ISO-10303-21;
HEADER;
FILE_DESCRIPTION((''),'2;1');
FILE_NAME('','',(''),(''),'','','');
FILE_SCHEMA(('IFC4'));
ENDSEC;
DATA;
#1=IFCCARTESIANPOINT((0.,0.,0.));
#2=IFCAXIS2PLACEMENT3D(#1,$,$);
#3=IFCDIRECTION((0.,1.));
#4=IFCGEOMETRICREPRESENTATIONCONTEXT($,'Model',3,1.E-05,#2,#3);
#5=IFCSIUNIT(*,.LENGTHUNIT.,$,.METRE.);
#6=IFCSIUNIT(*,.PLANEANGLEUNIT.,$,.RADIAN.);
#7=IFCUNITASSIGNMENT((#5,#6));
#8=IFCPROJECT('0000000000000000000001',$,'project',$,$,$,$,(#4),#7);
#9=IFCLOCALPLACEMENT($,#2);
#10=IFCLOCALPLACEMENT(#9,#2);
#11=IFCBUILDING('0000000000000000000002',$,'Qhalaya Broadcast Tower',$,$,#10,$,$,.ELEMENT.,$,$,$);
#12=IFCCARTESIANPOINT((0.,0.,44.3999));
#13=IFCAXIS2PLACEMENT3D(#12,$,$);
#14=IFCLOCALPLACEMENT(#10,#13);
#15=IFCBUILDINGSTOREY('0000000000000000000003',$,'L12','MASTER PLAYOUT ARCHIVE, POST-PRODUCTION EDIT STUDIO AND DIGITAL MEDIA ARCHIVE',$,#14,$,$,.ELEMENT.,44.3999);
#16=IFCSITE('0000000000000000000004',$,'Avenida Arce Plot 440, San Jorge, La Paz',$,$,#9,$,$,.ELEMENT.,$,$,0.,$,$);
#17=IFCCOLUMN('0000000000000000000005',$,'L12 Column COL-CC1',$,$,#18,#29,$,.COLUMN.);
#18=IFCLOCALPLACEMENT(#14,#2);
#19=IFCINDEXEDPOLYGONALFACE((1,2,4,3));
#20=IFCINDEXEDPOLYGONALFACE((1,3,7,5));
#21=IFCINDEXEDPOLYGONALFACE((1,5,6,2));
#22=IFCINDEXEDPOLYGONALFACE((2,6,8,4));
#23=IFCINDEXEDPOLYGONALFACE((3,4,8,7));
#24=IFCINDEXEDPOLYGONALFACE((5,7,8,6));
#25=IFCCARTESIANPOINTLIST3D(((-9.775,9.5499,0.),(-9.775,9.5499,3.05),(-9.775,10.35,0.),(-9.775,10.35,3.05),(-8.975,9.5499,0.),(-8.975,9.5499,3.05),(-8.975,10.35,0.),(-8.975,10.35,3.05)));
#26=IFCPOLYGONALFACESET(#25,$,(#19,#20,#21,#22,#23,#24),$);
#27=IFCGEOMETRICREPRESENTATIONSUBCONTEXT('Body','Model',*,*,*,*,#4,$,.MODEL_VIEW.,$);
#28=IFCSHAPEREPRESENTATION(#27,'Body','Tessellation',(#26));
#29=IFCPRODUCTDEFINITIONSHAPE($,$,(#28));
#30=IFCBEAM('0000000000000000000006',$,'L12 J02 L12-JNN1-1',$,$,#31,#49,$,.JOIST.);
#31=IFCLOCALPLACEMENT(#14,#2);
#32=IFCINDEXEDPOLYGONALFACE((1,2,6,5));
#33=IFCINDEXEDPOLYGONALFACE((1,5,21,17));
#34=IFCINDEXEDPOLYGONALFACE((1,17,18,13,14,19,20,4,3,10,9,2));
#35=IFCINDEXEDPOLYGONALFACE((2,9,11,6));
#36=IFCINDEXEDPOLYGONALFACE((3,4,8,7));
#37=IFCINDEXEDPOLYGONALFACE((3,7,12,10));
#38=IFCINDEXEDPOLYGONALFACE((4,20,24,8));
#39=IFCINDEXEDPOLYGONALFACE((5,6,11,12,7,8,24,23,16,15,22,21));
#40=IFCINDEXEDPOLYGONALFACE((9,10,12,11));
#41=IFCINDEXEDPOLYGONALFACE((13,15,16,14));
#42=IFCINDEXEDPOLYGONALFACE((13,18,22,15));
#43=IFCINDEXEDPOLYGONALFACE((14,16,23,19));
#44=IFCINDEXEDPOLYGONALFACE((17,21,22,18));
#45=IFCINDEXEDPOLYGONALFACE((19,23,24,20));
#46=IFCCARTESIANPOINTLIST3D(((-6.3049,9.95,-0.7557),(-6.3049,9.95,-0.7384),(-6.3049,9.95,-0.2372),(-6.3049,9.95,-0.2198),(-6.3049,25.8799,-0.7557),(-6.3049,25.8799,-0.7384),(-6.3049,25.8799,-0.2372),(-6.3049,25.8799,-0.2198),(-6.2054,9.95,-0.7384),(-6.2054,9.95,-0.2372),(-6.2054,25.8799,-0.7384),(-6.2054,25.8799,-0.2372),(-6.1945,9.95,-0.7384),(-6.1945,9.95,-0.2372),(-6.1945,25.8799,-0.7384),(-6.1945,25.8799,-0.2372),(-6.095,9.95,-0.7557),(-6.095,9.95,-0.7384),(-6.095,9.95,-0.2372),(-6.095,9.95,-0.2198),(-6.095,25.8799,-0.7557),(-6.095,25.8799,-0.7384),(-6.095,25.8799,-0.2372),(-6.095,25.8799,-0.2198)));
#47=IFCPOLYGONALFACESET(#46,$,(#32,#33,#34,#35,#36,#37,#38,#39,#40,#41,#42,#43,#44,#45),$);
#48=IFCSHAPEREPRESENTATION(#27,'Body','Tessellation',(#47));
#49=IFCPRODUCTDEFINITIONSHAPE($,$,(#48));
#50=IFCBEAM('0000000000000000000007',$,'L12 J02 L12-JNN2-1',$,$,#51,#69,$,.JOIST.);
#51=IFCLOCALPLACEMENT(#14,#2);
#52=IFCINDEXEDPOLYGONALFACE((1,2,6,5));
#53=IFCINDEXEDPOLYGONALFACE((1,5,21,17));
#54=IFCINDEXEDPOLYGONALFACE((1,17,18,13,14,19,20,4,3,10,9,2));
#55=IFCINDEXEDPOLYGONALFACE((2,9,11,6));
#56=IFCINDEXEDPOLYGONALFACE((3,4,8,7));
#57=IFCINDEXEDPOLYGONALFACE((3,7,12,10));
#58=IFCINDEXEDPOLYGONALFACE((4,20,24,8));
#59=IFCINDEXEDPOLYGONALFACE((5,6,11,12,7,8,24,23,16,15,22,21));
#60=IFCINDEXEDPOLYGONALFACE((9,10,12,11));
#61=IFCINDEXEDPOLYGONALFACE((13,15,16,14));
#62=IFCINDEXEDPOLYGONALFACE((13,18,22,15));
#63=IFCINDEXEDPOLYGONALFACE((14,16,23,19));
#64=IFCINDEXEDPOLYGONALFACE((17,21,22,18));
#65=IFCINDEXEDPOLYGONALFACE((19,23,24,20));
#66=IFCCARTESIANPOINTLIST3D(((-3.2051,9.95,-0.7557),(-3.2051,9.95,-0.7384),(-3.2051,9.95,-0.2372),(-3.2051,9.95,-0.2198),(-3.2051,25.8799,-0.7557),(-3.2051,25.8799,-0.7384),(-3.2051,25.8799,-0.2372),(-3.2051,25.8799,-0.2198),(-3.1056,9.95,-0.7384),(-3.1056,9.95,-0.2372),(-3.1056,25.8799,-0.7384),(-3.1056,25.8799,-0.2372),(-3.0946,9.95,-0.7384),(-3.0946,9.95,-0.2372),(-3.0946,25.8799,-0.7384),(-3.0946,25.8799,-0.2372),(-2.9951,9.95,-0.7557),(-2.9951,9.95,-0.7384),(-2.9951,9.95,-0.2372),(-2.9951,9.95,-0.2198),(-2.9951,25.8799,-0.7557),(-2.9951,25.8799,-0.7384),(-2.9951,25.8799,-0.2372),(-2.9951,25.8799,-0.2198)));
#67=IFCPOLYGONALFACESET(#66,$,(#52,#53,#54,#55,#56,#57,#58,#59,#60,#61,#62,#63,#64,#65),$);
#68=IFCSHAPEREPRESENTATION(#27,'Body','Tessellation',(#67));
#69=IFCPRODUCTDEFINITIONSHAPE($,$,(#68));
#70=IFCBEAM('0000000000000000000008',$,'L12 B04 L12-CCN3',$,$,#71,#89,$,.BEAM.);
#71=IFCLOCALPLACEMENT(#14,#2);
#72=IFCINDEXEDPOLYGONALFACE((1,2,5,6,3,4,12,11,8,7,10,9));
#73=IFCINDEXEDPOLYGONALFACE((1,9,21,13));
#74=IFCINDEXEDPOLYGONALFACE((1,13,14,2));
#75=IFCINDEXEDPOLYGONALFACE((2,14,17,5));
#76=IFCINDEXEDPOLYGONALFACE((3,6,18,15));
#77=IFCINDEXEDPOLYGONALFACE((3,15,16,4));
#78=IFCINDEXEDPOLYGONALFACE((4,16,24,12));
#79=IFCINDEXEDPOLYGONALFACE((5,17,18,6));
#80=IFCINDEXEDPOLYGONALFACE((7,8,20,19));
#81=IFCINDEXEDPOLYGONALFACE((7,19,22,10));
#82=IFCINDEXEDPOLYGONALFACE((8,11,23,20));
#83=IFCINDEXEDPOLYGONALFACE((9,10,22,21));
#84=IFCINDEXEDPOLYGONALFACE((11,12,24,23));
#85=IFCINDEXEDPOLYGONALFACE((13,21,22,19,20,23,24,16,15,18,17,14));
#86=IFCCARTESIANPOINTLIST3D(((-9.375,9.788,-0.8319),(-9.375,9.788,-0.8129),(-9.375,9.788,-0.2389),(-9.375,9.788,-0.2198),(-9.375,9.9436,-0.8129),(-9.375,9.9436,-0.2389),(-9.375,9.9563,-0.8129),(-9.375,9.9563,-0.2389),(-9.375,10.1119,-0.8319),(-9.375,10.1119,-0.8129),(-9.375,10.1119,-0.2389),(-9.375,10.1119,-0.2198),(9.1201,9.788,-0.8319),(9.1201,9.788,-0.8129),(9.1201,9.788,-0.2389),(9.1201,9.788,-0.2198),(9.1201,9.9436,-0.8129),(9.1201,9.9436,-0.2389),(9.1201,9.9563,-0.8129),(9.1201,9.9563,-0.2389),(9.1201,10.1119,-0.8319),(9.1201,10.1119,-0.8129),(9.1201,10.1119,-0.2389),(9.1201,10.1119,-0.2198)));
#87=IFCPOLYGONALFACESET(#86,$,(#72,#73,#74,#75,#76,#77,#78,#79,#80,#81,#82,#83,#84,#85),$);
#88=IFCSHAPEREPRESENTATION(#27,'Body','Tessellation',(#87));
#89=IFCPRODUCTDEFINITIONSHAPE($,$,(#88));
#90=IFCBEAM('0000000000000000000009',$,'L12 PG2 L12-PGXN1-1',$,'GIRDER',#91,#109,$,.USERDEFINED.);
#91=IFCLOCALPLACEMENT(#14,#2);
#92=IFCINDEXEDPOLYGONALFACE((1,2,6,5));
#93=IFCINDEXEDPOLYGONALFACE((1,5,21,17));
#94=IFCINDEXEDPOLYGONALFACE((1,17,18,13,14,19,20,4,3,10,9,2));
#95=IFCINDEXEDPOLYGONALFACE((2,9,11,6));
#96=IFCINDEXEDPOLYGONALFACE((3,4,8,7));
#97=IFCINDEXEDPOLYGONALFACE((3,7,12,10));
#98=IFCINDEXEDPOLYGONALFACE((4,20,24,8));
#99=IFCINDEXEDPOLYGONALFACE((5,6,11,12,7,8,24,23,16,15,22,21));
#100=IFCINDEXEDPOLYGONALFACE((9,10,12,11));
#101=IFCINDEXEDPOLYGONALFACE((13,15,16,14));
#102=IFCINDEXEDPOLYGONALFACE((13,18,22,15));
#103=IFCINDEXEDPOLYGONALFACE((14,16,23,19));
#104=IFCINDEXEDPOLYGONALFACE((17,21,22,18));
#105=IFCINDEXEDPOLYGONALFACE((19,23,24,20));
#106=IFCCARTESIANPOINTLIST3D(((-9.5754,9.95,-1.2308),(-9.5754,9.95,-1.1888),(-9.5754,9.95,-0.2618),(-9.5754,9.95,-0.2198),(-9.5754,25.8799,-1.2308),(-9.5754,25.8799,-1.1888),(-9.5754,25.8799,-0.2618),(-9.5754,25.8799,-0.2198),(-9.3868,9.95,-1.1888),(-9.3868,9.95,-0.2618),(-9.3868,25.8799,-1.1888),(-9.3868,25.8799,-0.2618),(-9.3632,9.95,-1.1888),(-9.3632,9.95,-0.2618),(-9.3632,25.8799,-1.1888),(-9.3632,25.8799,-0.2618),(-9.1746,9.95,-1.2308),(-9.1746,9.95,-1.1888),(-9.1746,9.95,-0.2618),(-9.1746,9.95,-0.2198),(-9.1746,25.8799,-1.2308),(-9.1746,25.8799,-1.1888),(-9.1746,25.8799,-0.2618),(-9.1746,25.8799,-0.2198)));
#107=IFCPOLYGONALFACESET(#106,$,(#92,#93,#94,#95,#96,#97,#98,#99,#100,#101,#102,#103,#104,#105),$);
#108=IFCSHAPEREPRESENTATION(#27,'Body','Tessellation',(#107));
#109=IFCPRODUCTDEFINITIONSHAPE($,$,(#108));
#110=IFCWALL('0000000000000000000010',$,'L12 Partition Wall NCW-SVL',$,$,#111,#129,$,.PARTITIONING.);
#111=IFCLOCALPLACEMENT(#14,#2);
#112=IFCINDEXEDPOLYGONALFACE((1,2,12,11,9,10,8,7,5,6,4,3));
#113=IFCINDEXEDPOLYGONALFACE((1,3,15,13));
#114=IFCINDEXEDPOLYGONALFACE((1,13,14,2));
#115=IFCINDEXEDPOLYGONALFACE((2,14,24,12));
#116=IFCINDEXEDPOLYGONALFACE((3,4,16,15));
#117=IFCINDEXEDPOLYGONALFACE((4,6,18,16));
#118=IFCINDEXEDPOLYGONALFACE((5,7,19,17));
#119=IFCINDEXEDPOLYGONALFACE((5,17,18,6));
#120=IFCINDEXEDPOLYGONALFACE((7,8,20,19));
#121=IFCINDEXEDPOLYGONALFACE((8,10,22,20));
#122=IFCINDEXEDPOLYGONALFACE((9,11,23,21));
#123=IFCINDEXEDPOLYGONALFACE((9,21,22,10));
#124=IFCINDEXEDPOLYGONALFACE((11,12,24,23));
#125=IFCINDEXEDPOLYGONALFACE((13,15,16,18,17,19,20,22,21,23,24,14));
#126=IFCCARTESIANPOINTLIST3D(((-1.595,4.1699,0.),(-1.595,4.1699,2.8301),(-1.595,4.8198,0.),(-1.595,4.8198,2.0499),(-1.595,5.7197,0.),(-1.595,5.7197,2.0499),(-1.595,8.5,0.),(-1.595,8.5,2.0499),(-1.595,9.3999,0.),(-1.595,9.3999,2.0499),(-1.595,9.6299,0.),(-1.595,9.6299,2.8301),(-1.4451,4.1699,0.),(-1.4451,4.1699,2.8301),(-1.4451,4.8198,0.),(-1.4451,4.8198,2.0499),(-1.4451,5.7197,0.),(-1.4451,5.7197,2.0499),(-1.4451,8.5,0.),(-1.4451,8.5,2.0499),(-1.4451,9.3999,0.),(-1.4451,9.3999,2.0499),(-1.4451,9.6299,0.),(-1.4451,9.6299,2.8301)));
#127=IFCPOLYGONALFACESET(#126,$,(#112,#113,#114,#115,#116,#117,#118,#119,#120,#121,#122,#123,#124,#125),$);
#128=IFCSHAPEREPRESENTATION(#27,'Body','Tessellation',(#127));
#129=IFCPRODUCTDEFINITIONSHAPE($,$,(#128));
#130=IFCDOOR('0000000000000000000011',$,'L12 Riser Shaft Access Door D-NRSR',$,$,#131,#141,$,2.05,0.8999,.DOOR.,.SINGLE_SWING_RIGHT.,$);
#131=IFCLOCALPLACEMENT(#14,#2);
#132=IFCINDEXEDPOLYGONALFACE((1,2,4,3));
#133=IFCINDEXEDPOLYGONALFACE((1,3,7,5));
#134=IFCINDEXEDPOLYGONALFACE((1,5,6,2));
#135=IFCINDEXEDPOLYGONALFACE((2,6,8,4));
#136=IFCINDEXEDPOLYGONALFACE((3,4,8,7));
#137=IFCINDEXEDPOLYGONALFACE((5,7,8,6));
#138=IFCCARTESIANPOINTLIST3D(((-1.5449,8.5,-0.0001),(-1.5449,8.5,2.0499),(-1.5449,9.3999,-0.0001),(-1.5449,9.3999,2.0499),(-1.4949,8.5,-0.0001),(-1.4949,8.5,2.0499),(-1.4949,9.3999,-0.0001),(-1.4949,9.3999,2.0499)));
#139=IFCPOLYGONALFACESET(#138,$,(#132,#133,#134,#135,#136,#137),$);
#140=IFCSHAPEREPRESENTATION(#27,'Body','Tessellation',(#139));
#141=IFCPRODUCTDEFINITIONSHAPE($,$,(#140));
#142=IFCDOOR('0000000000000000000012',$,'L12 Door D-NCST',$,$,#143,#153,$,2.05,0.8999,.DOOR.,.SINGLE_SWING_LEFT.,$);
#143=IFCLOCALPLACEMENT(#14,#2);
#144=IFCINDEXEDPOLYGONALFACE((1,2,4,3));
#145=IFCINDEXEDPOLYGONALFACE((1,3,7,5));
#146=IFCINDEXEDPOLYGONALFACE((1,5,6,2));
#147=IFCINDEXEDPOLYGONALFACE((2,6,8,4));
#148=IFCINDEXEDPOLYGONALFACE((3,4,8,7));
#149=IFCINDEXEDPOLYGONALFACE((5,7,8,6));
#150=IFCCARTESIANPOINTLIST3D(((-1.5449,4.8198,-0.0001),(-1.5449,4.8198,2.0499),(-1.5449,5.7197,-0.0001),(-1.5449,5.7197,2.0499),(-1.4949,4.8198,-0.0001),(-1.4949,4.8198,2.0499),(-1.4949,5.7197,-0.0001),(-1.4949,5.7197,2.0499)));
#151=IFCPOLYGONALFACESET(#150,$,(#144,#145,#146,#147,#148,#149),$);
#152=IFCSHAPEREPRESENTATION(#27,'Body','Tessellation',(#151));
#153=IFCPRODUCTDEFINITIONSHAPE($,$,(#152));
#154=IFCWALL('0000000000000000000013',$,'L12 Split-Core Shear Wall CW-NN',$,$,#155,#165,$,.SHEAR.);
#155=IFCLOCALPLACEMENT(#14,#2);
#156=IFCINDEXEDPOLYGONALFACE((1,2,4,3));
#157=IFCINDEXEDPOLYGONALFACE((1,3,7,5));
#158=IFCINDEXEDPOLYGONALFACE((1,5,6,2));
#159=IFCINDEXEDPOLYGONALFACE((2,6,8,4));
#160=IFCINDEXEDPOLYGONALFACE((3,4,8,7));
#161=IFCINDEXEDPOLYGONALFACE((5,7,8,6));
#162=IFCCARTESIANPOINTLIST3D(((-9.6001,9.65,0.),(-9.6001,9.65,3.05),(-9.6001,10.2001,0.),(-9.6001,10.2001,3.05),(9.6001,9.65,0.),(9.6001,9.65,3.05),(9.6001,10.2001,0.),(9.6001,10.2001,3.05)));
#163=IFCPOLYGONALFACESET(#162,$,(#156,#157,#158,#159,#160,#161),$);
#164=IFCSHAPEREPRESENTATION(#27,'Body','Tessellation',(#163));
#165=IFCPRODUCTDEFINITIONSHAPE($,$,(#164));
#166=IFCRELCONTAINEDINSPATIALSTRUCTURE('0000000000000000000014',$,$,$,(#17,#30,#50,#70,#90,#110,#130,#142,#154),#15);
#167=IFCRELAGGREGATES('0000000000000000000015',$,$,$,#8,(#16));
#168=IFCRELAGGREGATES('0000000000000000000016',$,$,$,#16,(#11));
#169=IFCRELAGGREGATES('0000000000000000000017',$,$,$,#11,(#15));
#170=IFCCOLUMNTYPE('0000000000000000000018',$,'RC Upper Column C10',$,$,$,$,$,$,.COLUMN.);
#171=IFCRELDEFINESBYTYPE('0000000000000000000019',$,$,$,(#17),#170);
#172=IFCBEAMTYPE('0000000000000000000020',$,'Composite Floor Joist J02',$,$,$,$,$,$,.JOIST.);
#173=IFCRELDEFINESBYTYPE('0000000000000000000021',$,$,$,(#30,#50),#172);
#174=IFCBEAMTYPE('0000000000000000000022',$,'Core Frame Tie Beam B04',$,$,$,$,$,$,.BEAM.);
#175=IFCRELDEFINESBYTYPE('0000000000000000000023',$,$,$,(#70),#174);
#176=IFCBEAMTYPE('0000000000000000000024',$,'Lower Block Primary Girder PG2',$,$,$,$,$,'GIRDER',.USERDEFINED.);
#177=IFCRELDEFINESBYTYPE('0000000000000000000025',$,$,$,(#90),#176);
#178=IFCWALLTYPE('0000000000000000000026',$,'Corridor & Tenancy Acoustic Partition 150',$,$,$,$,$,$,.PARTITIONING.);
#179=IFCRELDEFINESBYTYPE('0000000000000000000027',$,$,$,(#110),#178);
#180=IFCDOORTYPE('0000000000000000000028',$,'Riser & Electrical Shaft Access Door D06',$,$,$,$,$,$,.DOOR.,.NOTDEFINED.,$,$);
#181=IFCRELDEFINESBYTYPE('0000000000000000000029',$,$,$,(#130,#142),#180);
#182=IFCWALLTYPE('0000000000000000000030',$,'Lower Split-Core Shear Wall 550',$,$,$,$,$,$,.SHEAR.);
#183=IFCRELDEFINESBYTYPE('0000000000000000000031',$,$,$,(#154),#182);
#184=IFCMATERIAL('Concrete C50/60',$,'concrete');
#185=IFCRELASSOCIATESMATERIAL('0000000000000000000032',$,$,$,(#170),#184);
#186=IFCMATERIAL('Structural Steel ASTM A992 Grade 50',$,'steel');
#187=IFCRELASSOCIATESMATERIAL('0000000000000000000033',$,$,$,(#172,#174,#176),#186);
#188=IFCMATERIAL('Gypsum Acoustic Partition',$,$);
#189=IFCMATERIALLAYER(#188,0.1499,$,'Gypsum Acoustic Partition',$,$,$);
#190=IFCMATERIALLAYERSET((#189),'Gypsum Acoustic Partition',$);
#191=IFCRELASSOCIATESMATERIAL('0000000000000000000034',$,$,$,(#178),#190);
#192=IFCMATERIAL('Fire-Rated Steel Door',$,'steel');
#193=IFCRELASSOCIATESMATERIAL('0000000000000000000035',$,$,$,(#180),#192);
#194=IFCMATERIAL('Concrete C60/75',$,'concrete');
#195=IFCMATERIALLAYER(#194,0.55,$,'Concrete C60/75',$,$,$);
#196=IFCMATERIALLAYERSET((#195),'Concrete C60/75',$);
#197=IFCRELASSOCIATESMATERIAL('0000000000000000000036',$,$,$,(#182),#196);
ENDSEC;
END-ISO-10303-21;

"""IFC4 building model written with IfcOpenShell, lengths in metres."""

from ifc_helpers import new_model, si_unit, direction, frame, frame_2d, origin, origin_2d, place, context, subcontext, project, spatial, rectangle, i_section, extrude, material, layer, layer_set, material_profile, profile_set, type_object, element, fill, save


model = new_model("IFC4")

# Units and contexts
model_context = context("Model", 3, precision=1e-05, world=origin(), true_north=direction((0.0, 1.0)))
body_context = subcontext(model_context, "Body", "Model", "MODEL_VIEW")
ifc_project = project(units=[si_unit("LENGTHUNIT", "METRE"), si_unit("PLANEANGLEUNIT", "RADIAN")], contexts=[model_context])

# Site, building, storey
site_placement = place(None, origin())
site = spatial("IfcSite", under=ifc_project, at=site_placement, Name="Avenida Arce Plot 440, San Jorge, La Paz", CompositionType="ELEMENT", RefElevation=0.0)
building_placement = place(site_placement, origin())
building = spatial("IfcBuilding", under=site, at=building_placement, Name="Qhalaya Broadcast Tower", CompositionType="ELEMENT")
storey_placement = place(building_placement, frame((0.0, 0.0, 44.3999)))
storey = spatial("IfcBuildingStorey", under=building, at=storey_placement, Name="L12", Description="MASTER PLAYOUT ARCHIVE, POST-PRODUCTION EDIT STUDIO AND DIGITAL MEDIA ARCHIVE", CompositionType="ELEMENT", Elevation=44.3999)

# Column
ifc_material_1 = material(Name="Concrete C50/60", Category="concrete")
ifc_material_profile_1 = material_profile(ifc_material_1, rectangle(XDim=0.8, YDim=0.8, at=origin_2d()), Name="RC-COL 800x800")
ifc_profile_set_1 = profile_set([ifc_material_profile_1], Name="Concrete C50/60")
column_type = type_object("IfcColumnType", Name="RC Upper Column C10", PredefinedType="COLUMN", material=ifc_profile_set_1)
column_placement = place(storey_placement, frame((-9.375, 9.95, 0.0), z_axis=(0.0, 0.0, 1.0), x_axis=(1.0, 0.0, 0.0)))
element("IfcColumn", 1, at=column_placement, inside=storey, type_object=column_type, Name="L12 Column COL-CC1", PredefinedType="COLUMN", context=body_context, shape_type="SweptSolid", body=[
    extrude(rectangle(XDim=0.8, YDim=0.8, at=origin_2d()), origin(), (0.0, 0.0, 1.0), 3.05),
])

# Beams
ifc_material_2 = material(Name="Structural Steel ASTM A992 Grade 50", Category="steel")
ifc_material_profile_2 = material_profile(ifc_material_2, i_section(OverallWidth=0.21, OverallDepth=0.5359, WebThickness=0.011, FlangeThickness=0.0173, at=origin_2d()), Name="W21X68")
ifc_profile_set_2 = profile_set([ifc_material_profile_2], Name="Structural Steel ASTM A992 Grade 50")
beam_type_1 = type_object("IfcBeamType", Name="Composite Floor Joist J02", PredefinedType="JOIST", material=ifc_profile_set_2)
for number, where, z_axis, x_axis, name in (
    (2, (-6.2, 9.95, -0.4878), (0.0, 1.0, 0.0), (-1.0, 0.0, 0.0), "L12 J02 L12-JNN1-1"),
    (3, (-3.1001, 9.95, -0.4878), (0.0, 1.0, 0.0), (-1.0, 0.0, 0.0), "L12 J02 L12-JNN2-1"),
):
    element("IfcBeam", number, at=place(storey_placement, frame(where, z_axis=z_axis, x_axis=x_axis)), inside=storey, type_object=beam_type_1, Name=name, PredefinedType="JOIST", context=body_context, shape_type="SweptSolid", body=[
        extrude(i_section(OverallWidth=0.21, OverallDepth=0.5359, WebThickness=0.011, FlangeThickness=0.0173, at=origin_2d()), origin(), (0.0, 0.0, 1.0), 15.9299),
    ])
ifc_material_profile_3 = material_profile(ifc_material_2, i_section(OverallWidth=0.324, OverallDepth=0.6121, WebThickness=0.0127, FlangeThickness=0.019, at=origin_2d()), Name="W24X104")
ifc_profile_set_3 = profile_set([ifc_material_profile_3], Name="Structural Steel ASTM A992 Grade 50")
beam_type_2 = type_object("IfcBeamType", Name="Core Frame Tie Beam B04", PredefinedType="BEAM", material=ifc_profile_set_3)
beam_1_placement = place(storey_placement, frame((-9.375, 9.95, -0.5259), z_axis=(1.0, 0.0, 0.0), x_axis=(0.0, 1.0, 0.0)))
element("IfcBeam", 4, at=beam_1_placement, inside=storey, type_object=beam_type_2, Name="L12 B04 L12-CCN3", PredefinedType="BEAM", context=body_context, shape_type="SweptSolid", body=[
    extrude(i_section(OverallWidth=0.324, OverallDepth=0.6121, WebThickness=0.0127, FlangeThickness=0.019, at=origin_2d()), origin(), (0.0, 0.0, 1.0), 18.4951),
])
ifc_material_profile_4 = material_profile(ifc_material_2, i_section(OverallWidth=0.4009, OverallDepth=1.011, WebThickness=0.0237, FlangeThickness=0.042, at=origin_2d()), Name="W40X297")
ifc_profile_set_4 = profile_set([ifc_material_profile_4], Name="Structural Steel ASTM A992 Grade 50")
beam_type_3 = type_object("IfcBeamType", Name="Lower Block Primary Girder PG2", ElementType="GIRDER", PredefinedType="USERDEFINED", material=ifc_profile_set_4)
beam_2_placement = place(storey_placement, frame((-9.375, 9.95, -0.7253), z_axis=(0.0, 1.0, 0.0), x_axis=(-1.0, 0.0, 0.0)))
element("IfcBeam", 5, at=beam_2_placement, inside=storey, type_object=beam_type_3, Name="L12 PG2 L12-PGXN1-1", ObjectType="GIRDER", PredefinedType="USERDEFINED", context=body_context, shape_type="SweptSolid", body=[
    extrude(i_section(OverallWidth=0.4009, OverallDepth=1.011, WebThickness=0.0237, FlangeThickness=0.042, at=origin_2d()), origin(), (0.0, 0.0, 1.0), 15.9299),
])

# Wall, openings, doors
ifc_material_3 = material(Name="Gypsum Acoustic Partition")
ifc_layer_1 = layer(ifc_material_3, 0.1499, Name="Gypsum Acoustic Partition")
ifc_layer_set_1 = layer_set([ifc_layer_1], Name="Gypsum Acoustic Partition")
wall_type_1 = type_object("IfcWallType", Name="Corridor & Tenancy Acoustic Partition 150", PredefinedType="PARTITIONING", material=ifc_layer_set_1)
wall_1_placement = place(storey_placement, frame((-1.52, 4.1699, 0.0), z_axis=(0.0, 0.0, 1.0), x_axis=(0.0, 1.0, 0.0)))
wall_1 = element("IfcWall", 6, at=wall_1_placement, inside=storey, type_object=wall_type_1, Name="L12 Partition Wall NCW-SVL", PredefinedType="PARTITIONING", context=body_context, shape_type="SweptSolid", body=[
    extrude(rectangle(XDim=5.46, YDim=0.1499, at=frame_2d((2.73, 0.0))), origin(), (0.0, 0.0, 1.0), 2.8301),
])
opening_1_placement = place(wall_1_placement, frame((4.3301, 0.0, 0.0)))
opening_1 = element("IfcOpeningElement", 7, at=opening_1_placement, cuts=wall_1, PredefinedType="OPENING", context=body_context, shape_type="SweptSolid", body=[
    extrude(rectangle(XDim=0.8999, YDim=2.05, at=frame_2d((0.45, 1.0249))), frame((0.0, 0.0869, 0.0), z_axis=(0.0, -1.0, 0.0), x_axis=(1.0, 0.0, 0.0)), (0.0, 0.0, 1.0), 0.1738),
])
opening_2_placement = place(wall_1_placement, frame((0.6499, 0.0, 0.0)))
opening_2 = element("IfcOpeningElement", 8, at=opening_2_placement, cuts=wall_1, PredefinedType="OPENING", context=body_context, shape_type="SweptSolid", body=[
    extrude(rectangle(XDim=0.8999, YDim=2.05, at=frame_2d((0.45, 1.0249))), frame((0.0, 0.0869, 0.0), z_axis=(0.0, -1.0, 0.0), x_axis=(1.0, 0.0, 0.0)), (0.0, 0.0, 1.0), 0.1738),
])
ifc_material_4 = material(Name="Fire-Rated Steel Door", Category="steel")
door_type_1 = type_object("IfcDoorType", Name="Riser & Electrical Shaft Access Door D06", OperationType="NOTDEFINED", PredefinedType="DOOR", material=ifc_material_4)
door_1_placement = place(opening_1_placement, origin())
door_1 = element("IfcDoor", 9, at=door_1_placement, inside=storey, type_object=door_type_1, Name="L12 Riser Shaft Access Door D-NRSR", OperationType="SINGLE_SWING_RIGHT", OverallHeight=2.05, OverallWidth=0.8999, PredefinedType="DOOR", context=body_context, shape_type="SweptSolid", body=[
    extrude(rectangle(XDim=0.8999, YDim=2.05, at=frame_2d((0.45, 1.0249))), frame((0.0, 0.0249, 0.0), z_axis=(0.0, -1.0, 0.0), x_axis=(1.0, 0.0, 0.0)), (0.0, 0.0, 1.0), 0.05),
])
fill(opening_1, door_1)
door_2_placement = place(opening_2_placement, origin())
door_2 = element("IfcDoor", 10, at=door_2_placement, inside=storey, type_object=door_type_1, Name="L12 Door D-NCST", OperationType="SINGLE_SWING_LEFT", OverallHeight=2.05, OverallWidth=0.8999, PredefinedType="DOOR", context=body_context, shape_type="SweptSolid", body=[
    extrude(rectangle(XDim=0.8999, YDim=2.05, at=frame_2d((0.45, 1.0249))), frame((0.0, 0.0249, 0.0), z_axis=(0.0, -1.0, 0.0), x_axis=(1.0, 0.0, 0.0)), (0.0, 0.0, 1.0), 0.05),
])
fill(opening_2, door_2)

# Wall
ifc_material_5 = material(Name="Concrete C60/75", Category="concrete")
ifc_layer_2 = layer(ifc_material_5, 0.55, Name="Concrete C60/75")
ifc_layer_set_2 = layer_set([ifc_layer_2], Name="Concrete C60/75")
wall_type_2 = type_object("IfcWallType", Name="Lower Split-Core Shear Wall 550", PredefinedType="SHEAR", material=ifc_layer_set_2)
wall_2_placement = place(storey_placement, frame((-9.6001, 9.925, 0.0), z_axis=(0.0, 0.0, 1.0), x_axis=(1.0, 0.0, 0.0)))
element("IfcWall", 11, at=wall_2_placement, inside=storey, type_object=wall_type_2, Name="L12 Split-Core Shear Wall CW-NN", PredefinedType="SHEAR", context=body_context, shape_type="SweptSolid", body=[
    extrude(rectangle(XDim=19.2002, YDim=0.55, at=frame_2d((9.6001, 0.0))), origin(), (0.0, 0.0, 1.0), 3.05),
])

save(model, "model.ifc")
